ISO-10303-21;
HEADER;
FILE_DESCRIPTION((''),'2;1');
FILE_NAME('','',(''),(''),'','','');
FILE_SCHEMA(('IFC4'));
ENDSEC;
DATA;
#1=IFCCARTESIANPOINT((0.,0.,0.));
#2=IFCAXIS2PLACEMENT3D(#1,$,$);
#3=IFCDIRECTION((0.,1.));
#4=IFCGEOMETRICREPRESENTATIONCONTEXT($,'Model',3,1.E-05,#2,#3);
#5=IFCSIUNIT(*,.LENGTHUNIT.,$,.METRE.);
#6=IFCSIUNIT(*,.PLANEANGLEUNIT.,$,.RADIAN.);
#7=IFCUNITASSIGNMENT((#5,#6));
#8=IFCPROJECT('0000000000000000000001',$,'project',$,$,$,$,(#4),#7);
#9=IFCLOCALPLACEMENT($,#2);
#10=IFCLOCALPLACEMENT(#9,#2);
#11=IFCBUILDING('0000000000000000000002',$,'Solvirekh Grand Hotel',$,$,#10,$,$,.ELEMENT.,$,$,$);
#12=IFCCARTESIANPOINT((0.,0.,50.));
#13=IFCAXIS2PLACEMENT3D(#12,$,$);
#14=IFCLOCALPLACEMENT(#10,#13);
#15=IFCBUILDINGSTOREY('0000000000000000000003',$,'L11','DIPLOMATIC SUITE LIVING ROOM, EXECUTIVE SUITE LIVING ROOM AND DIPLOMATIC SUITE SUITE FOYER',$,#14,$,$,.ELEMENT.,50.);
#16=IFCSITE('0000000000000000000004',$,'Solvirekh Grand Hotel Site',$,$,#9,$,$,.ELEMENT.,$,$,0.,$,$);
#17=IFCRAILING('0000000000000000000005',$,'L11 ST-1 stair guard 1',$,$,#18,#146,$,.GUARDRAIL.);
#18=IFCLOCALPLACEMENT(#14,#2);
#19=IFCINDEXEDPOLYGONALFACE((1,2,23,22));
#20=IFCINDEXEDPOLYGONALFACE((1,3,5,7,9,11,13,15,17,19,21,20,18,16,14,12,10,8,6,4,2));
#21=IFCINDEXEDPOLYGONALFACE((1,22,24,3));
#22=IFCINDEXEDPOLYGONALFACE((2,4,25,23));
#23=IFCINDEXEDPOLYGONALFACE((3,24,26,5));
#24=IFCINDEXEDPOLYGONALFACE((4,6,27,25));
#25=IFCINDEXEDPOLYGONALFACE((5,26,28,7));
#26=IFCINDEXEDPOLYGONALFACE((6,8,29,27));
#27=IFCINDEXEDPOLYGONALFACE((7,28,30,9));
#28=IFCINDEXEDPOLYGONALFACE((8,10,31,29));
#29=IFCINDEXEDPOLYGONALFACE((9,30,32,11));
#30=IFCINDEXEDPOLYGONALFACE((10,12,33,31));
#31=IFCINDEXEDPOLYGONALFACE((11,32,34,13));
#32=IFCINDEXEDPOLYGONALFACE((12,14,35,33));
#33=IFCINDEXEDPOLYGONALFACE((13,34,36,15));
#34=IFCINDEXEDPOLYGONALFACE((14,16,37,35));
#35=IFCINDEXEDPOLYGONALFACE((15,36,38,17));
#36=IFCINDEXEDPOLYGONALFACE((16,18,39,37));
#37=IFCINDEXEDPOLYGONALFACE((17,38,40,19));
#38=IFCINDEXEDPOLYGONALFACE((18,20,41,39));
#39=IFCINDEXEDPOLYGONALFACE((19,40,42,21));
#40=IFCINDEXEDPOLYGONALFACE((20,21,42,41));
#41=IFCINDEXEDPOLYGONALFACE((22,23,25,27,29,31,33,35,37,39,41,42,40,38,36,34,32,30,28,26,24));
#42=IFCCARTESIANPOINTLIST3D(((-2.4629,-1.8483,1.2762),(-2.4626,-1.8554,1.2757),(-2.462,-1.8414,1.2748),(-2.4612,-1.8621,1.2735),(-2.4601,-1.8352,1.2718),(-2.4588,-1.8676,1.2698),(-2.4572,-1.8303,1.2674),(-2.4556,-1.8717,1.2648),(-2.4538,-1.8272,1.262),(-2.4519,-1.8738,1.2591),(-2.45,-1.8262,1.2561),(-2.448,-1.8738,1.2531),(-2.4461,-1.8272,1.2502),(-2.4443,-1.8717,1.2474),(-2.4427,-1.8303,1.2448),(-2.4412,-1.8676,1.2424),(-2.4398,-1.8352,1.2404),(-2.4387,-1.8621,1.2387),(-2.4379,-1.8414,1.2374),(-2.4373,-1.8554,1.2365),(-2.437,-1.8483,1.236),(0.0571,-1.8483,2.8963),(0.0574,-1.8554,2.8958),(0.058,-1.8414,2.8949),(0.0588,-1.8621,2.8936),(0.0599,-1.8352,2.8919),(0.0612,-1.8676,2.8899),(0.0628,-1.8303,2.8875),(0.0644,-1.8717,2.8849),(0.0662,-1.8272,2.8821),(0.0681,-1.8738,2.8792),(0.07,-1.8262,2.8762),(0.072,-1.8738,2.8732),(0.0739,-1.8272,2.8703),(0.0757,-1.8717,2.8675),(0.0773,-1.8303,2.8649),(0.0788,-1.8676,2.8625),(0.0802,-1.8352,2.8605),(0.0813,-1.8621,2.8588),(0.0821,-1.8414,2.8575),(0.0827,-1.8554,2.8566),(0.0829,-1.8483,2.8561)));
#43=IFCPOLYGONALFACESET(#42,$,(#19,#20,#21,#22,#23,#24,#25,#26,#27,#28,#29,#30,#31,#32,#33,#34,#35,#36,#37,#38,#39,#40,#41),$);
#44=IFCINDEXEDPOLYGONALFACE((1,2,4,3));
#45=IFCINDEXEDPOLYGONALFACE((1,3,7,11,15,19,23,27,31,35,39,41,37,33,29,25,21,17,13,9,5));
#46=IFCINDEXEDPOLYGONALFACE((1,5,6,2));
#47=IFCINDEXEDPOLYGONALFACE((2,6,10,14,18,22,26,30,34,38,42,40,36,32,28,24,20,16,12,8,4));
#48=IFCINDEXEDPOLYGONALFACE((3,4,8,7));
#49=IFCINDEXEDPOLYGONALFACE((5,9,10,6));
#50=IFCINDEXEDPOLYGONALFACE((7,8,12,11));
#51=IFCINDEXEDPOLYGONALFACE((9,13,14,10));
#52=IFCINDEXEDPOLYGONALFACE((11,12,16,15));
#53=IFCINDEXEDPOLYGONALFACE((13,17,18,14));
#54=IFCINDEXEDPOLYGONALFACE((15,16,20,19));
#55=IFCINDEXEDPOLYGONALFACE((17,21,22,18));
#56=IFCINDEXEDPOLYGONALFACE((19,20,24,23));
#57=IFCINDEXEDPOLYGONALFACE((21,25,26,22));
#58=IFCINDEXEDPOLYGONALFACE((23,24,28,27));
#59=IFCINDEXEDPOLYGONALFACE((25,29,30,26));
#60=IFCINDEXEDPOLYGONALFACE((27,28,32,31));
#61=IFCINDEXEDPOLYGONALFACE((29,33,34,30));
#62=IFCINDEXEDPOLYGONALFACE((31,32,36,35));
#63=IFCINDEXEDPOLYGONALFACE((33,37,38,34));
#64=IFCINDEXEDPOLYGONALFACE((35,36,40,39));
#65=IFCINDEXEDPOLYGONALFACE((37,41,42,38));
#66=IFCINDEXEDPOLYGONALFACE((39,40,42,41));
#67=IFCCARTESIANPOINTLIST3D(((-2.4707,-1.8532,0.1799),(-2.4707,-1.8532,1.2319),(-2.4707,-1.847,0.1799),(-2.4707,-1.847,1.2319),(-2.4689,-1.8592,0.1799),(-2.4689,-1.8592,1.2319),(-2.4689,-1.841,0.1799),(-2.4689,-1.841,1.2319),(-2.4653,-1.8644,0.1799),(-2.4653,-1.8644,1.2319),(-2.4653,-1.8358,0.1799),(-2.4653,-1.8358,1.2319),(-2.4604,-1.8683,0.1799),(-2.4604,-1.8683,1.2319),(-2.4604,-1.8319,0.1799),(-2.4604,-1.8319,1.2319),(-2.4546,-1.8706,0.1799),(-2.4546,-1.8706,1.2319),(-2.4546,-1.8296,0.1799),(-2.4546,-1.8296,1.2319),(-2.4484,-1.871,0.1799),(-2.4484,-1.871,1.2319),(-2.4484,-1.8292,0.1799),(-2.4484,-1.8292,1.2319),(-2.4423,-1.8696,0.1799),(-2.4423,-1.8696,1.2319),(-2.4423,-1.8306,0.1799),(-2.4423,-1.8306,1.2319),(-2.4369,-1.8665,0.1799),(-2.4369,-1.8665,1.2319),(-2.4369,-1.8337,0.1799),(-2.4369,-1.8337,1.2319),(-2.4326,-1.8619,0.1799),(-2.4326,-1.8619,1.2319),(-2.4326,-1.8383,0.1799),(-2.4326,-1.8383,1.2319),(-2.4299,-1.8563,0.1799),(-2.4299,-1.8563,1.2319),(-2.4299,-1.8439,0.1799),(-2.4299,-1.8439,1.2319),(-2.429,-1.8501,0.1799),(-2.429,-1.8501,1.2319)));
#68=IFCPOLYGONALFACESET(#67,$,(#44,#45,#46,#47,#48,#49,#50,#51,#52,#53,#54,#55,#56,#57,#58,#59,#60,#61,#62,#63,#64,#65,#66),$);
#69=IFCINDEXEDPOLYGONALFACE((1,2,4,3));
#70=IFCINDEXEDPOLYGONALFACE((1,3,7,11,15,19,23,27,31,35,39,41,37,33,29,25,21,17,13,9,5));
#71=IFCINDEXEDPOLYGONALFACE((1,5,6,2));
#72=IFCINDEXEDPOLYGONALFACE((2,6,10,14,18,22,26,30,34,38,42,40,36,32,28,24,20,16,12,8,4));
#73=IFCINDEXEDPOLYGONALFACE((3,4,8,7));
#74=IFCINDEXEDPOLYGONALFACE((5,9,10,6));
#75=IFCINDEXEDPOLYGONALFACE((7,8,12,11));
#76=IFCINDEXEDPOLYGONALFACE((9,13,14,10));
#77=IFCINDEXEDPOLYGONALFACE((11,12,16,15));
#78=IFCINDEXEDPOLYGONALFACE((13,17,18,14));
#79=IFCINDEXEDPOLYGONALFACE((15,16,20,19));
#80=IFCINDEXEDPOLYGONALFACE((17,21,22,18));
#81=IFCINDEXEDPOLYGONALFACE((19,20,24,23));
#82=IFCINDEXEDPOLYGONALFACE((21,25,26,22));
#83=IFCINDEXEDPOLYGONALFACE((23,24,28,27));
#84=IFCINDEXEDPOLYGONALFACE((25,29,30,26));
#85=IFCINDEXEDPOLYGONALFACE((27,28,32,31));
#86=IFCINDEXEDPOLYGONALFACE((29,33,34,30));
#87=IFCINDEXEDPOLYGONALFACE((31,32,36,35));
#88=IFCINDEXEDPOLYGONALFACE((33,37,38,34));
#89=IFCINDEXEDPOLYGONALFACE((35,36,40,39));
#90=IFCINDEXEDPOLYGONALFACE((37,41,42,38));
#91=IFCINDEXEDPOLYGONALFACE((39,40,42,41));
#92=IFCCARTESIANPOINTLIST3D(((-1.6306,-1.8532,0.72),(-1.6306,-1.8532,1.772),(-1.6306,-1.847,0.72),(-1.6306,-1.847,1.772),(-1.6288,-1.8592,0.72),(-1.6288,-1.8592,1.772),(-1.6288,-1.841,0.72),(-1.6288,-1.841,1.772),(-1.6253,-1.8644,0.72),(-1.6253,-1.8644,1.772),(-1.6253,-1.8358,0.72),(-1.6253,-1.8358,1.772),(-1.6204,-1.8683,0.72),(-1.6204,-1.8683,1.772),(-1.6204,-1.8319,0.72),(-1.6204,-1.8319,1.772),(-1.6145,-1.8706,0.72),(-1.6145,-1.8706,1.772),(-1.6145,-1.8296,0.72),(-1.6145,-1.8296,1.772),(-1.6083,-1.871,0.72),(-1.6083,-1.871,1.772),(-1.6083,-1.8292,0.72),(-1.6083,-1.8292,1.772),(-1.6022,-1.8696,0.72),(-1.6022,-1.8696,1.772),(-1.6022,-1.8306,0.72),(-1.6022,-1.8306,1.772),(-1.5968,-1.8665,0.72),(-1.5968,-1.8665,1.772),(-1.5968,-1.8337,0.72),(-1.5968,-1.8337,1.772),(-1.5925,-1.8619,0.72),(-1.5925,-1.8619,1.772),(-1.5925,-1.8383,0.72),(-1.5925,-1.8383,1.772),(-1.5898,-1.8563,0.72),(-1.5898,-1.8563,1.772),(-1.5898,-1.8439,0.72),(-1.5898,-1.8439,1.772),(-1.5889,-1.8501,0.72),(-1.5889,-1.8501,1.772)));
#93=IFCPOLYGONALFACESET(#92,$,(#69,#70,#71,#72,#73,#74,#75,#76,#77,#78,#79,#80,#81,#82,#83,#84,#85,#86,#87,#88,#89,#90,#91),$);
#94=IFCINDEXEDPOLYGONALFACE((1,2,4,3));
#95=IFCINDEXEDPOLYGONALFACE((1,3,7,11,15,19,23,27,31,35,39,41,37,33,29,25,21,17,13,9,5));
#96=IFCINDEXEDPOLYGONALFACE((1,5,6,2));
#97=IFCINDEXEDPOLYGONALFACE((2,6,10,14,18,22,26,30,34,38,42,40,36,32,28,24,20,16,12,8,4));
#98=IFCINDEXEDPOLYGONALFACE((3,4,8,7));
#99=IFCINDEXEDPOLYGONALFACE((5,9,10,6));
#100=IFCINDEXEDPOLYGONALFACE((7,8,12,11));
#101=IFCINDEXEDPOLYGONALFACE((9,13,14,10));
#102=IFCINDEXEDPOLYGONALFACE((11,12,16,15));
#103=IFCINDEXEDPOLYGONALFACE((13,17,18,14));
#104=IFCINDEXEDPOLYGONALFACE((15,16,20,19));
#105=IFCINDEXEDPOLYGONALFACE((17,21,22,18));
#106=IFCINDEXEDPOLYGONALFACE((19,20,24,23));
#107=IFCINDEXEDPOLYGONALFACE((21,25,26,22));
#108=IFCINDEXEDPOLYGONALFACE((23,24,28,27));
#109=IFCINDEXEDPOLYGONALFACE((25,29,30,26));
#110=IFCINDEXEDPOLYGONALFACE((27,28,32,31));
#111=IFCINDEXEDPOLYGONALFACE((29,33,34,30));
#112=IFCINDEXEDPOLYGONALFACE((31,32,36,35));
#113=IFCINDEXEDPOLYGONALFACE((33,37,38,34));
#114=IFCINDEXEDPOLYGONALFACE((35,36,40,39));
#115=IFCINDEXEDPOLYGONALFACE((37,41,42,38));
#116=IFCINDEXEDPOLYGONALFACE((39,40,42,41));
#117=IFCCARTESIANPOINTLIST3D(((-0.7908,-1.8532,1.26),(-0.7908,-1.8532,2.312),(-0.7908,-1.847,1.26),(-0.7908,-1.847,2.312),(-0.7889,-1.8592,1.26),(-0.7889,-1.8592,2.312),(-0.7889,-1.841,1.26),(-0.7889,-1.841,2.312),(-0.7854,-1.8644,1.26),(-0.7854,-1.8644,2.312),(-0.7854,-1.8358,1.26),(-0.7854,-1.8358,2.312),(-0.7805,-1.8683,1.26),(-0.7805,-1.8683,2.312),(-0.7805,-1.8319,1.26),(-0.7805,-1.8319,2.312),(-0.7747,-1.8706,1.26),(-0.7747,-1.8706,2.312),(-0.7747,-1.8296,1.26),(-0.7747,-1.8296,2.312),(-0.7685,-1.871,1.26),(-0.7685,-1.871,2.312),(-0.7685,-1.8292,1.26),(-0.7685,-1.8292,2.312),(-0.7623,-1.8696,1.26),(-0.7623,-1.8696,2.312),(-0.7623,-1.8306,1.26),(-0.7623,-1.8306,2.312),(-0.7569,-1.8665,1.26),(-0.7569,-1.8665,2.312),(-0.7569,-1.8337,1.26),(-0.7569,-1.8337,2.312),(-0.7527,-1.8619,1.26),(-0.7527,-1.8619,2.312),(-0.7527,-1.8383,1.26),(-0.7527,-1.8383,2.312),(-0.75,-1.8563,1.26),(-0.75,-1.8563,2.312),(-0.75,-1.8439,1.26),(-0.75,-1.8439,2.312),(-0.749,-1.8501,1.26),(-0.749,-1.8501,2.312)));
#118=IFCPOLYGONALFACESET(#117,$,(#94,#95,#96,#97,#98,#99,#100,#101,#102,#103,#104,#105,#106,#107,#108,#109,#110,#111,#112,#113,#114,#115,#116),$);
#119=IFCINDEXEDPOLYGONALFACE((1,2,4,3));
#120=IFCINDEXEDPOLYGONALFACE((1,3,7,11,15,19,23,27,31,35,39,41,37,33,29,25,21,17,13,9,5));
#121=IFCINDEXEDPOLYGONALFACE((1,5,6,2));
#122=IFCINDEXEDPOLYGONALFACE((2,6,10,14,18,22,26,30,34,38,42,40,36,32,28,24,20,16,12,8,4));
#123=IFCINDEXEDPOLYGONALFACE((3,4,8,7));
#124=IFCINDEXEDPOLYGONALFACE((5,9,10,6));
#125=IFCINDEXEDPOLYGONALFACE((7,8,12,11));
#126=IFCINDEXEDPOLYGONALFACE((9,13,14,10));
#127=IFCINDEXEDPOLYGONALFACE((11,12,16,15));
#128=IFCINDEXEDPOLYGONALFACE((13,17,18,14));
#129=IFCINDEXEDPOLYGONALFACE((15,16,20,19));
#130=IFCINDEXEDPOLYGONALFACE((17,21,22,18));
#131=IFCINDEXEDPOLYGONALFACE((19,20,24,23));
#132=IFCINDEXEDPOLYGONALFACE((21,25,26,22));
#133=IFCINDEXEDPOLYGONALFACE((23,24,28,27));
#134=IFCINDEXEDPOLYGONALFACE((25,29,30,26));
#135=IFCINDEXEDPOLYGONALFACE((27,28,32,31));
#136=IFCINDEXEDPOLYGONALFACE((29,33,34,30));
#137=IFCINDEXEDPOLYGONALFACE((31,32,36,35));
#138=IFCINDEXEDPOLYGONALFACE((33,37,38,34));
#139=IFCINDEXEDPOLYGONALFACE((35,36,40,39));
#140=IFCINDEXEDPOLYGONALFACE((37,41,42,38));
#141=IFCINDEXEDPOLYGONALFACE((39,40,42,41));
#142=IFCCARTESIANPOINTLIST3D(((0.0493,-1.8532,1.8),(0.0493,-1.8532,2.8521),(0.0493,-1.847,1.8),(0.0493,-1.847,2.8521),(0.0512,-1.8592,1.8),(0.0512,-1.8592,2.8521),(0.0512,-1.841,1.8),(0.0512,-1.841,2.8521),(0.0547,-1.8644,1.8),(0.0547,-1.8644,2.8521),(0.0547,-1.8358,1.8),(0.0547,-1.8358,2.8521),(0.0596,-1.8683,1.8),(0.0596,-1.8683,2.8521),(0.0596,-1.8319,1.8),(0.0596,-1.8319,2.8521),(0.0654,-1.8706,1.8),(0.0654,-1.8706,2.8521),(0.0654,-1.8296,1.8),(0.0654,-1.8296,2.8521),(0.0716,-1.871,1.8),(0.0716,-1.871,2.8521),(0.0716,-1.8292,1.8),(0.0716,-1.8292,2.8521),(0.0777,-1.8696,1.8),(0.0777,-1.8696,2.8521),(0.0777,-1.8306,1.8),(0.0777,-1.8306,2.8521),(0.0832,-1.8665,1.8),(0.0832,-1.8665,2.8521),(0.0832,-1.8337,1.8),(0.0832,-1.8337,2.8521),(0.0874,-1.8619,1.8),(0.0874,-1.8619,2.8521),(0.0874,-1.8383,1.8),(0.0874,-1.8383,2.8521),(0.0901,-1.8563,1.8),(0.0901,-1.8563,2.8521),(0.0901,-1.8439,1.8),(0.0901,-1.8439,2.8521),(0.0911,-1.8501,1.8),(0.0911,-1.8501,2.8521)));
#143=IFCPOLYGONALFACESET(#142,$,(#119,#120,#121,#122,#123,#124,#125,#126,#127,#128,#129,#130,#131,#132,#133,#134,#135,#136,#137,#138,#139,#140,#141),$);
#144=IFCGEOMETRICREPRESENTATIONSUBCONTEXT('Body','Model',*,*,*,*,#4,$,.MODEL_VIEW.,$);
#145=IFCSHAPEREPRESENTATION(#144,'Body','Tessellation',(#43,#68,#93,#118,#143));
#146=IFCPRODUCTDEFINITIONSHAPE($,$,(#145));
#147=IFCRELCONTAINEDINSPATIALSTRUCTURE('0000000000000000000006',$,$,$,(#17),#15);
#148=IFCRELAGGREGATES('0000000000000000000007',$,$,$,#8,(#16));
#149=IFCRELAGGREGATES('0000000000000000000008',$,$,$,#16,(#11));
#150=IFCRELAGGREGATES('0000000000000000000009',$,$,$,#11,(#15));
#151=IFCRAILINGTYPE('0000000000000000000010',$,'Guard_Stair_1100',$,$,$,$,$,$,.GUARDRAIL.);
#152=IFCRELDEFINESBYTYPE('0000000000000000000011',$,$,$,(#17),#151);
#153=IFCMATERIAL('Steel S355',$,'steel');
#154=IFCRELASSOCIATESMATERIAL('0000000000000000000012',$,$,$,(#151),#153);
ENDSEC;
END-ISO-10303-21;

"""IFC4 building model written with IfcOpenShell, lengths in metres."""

from ifc_helpers import new_model, si_unit, direction, frame, origin, origin_2d, place, context, subcontext, project, spatial, circle, extrude, material, type_object, element, save


model = new_model("IFC4")

# Units and contexts
model_context = context("Model", 3, precision=1e-05, world=origin(), true_north=direction((0.0, 1.0)))
body_context = subcontext(model_context, "Body", "Model", "MODEL_VIEW")
ifc_project = project(units=[si_unit("LENGTHUNIT", "METRE"), si_unit("PLANEANGLEUNIT", "RADIAN")], contexts=[model_context])

# Site, building, storey
site_placement = place(None, origin())
site = spatial("IfcSite", under=ifc_project, at=site_placement, Name="Solvirekh Grand Hotel Site", CompositionType="ELEMENT", RefElevation=0.0)
building_placement = place(site_placement, origin())
building = spatial("IfcBuilding", under=site, at=building_placement, Name="Solvirekh Grand Hotel", CompositionType="ELEMENT")
storey_placement = place(building_placement, frame((0.0, 0.0, 50.0)))
storey = spatial("IfcBuildingStorey", under=building, at=storey_placement, Name="L11", Description="DIPLOMATIC SUITE LIVING ROOM, EXECUTIVE SUITE LIVING ROOM AND DIPLOMATIC SUITE SUITE FOYER", CompositionType="ELEMENT", Elevation=50.0)

# Railing
ifc_material_1 = material(Name="Steel S355", Category="steel")
railing_type_1 = type_object("IfcRailingType", Name="Guard_Stair_1100", PredefinedType="GUARDRAIL", material=ifc_material_1)
railing_1_placement = place(storey_placement, frame((-2.45, -1.8501, 0.1799)))
element("IfcRailing", 1, at=railing_1_placement, inside=storey, type_object=railing_type_1, Name="L11 ST-1 stair guard 1", PredefinedType="GUARDRAIL", context=body_context, shape_type="SweptSolid", body=[
    extrude(circle(Radius=0.0239, at=origin_2d()), frame((0.0, 0.0, 1.0762), z_axis=(0.841163, 0.0, 0.540782), x_axis=(0.0, 1.0, 0.0)), (0.0, 0.0, 1.0), 2.9958),
    extrude(circle(Radius=0.021, at=origin_2d()), origin(), (0.0, 0.0, 1.0), 1.052),
    extrude(circle(Radius=0.021, at=origin_2d()), frame((0.8401, 0.0, 0.54)), (0.0, 0.0, 1.0), 1.052),
    extrude(circle(Radius=0.021, at=origin_2d()), frame((1.6799, 0.0, 1.0801)), (0.0, 0.0, 1.0), 1.052),
    extrude(circle(Radius=0.021, at=origin_2d()), frame((2.52, 0.0, 1.6201)), (0.0, 0.0, 1.0), 1.052),
])

save(model, "model.ifc")
